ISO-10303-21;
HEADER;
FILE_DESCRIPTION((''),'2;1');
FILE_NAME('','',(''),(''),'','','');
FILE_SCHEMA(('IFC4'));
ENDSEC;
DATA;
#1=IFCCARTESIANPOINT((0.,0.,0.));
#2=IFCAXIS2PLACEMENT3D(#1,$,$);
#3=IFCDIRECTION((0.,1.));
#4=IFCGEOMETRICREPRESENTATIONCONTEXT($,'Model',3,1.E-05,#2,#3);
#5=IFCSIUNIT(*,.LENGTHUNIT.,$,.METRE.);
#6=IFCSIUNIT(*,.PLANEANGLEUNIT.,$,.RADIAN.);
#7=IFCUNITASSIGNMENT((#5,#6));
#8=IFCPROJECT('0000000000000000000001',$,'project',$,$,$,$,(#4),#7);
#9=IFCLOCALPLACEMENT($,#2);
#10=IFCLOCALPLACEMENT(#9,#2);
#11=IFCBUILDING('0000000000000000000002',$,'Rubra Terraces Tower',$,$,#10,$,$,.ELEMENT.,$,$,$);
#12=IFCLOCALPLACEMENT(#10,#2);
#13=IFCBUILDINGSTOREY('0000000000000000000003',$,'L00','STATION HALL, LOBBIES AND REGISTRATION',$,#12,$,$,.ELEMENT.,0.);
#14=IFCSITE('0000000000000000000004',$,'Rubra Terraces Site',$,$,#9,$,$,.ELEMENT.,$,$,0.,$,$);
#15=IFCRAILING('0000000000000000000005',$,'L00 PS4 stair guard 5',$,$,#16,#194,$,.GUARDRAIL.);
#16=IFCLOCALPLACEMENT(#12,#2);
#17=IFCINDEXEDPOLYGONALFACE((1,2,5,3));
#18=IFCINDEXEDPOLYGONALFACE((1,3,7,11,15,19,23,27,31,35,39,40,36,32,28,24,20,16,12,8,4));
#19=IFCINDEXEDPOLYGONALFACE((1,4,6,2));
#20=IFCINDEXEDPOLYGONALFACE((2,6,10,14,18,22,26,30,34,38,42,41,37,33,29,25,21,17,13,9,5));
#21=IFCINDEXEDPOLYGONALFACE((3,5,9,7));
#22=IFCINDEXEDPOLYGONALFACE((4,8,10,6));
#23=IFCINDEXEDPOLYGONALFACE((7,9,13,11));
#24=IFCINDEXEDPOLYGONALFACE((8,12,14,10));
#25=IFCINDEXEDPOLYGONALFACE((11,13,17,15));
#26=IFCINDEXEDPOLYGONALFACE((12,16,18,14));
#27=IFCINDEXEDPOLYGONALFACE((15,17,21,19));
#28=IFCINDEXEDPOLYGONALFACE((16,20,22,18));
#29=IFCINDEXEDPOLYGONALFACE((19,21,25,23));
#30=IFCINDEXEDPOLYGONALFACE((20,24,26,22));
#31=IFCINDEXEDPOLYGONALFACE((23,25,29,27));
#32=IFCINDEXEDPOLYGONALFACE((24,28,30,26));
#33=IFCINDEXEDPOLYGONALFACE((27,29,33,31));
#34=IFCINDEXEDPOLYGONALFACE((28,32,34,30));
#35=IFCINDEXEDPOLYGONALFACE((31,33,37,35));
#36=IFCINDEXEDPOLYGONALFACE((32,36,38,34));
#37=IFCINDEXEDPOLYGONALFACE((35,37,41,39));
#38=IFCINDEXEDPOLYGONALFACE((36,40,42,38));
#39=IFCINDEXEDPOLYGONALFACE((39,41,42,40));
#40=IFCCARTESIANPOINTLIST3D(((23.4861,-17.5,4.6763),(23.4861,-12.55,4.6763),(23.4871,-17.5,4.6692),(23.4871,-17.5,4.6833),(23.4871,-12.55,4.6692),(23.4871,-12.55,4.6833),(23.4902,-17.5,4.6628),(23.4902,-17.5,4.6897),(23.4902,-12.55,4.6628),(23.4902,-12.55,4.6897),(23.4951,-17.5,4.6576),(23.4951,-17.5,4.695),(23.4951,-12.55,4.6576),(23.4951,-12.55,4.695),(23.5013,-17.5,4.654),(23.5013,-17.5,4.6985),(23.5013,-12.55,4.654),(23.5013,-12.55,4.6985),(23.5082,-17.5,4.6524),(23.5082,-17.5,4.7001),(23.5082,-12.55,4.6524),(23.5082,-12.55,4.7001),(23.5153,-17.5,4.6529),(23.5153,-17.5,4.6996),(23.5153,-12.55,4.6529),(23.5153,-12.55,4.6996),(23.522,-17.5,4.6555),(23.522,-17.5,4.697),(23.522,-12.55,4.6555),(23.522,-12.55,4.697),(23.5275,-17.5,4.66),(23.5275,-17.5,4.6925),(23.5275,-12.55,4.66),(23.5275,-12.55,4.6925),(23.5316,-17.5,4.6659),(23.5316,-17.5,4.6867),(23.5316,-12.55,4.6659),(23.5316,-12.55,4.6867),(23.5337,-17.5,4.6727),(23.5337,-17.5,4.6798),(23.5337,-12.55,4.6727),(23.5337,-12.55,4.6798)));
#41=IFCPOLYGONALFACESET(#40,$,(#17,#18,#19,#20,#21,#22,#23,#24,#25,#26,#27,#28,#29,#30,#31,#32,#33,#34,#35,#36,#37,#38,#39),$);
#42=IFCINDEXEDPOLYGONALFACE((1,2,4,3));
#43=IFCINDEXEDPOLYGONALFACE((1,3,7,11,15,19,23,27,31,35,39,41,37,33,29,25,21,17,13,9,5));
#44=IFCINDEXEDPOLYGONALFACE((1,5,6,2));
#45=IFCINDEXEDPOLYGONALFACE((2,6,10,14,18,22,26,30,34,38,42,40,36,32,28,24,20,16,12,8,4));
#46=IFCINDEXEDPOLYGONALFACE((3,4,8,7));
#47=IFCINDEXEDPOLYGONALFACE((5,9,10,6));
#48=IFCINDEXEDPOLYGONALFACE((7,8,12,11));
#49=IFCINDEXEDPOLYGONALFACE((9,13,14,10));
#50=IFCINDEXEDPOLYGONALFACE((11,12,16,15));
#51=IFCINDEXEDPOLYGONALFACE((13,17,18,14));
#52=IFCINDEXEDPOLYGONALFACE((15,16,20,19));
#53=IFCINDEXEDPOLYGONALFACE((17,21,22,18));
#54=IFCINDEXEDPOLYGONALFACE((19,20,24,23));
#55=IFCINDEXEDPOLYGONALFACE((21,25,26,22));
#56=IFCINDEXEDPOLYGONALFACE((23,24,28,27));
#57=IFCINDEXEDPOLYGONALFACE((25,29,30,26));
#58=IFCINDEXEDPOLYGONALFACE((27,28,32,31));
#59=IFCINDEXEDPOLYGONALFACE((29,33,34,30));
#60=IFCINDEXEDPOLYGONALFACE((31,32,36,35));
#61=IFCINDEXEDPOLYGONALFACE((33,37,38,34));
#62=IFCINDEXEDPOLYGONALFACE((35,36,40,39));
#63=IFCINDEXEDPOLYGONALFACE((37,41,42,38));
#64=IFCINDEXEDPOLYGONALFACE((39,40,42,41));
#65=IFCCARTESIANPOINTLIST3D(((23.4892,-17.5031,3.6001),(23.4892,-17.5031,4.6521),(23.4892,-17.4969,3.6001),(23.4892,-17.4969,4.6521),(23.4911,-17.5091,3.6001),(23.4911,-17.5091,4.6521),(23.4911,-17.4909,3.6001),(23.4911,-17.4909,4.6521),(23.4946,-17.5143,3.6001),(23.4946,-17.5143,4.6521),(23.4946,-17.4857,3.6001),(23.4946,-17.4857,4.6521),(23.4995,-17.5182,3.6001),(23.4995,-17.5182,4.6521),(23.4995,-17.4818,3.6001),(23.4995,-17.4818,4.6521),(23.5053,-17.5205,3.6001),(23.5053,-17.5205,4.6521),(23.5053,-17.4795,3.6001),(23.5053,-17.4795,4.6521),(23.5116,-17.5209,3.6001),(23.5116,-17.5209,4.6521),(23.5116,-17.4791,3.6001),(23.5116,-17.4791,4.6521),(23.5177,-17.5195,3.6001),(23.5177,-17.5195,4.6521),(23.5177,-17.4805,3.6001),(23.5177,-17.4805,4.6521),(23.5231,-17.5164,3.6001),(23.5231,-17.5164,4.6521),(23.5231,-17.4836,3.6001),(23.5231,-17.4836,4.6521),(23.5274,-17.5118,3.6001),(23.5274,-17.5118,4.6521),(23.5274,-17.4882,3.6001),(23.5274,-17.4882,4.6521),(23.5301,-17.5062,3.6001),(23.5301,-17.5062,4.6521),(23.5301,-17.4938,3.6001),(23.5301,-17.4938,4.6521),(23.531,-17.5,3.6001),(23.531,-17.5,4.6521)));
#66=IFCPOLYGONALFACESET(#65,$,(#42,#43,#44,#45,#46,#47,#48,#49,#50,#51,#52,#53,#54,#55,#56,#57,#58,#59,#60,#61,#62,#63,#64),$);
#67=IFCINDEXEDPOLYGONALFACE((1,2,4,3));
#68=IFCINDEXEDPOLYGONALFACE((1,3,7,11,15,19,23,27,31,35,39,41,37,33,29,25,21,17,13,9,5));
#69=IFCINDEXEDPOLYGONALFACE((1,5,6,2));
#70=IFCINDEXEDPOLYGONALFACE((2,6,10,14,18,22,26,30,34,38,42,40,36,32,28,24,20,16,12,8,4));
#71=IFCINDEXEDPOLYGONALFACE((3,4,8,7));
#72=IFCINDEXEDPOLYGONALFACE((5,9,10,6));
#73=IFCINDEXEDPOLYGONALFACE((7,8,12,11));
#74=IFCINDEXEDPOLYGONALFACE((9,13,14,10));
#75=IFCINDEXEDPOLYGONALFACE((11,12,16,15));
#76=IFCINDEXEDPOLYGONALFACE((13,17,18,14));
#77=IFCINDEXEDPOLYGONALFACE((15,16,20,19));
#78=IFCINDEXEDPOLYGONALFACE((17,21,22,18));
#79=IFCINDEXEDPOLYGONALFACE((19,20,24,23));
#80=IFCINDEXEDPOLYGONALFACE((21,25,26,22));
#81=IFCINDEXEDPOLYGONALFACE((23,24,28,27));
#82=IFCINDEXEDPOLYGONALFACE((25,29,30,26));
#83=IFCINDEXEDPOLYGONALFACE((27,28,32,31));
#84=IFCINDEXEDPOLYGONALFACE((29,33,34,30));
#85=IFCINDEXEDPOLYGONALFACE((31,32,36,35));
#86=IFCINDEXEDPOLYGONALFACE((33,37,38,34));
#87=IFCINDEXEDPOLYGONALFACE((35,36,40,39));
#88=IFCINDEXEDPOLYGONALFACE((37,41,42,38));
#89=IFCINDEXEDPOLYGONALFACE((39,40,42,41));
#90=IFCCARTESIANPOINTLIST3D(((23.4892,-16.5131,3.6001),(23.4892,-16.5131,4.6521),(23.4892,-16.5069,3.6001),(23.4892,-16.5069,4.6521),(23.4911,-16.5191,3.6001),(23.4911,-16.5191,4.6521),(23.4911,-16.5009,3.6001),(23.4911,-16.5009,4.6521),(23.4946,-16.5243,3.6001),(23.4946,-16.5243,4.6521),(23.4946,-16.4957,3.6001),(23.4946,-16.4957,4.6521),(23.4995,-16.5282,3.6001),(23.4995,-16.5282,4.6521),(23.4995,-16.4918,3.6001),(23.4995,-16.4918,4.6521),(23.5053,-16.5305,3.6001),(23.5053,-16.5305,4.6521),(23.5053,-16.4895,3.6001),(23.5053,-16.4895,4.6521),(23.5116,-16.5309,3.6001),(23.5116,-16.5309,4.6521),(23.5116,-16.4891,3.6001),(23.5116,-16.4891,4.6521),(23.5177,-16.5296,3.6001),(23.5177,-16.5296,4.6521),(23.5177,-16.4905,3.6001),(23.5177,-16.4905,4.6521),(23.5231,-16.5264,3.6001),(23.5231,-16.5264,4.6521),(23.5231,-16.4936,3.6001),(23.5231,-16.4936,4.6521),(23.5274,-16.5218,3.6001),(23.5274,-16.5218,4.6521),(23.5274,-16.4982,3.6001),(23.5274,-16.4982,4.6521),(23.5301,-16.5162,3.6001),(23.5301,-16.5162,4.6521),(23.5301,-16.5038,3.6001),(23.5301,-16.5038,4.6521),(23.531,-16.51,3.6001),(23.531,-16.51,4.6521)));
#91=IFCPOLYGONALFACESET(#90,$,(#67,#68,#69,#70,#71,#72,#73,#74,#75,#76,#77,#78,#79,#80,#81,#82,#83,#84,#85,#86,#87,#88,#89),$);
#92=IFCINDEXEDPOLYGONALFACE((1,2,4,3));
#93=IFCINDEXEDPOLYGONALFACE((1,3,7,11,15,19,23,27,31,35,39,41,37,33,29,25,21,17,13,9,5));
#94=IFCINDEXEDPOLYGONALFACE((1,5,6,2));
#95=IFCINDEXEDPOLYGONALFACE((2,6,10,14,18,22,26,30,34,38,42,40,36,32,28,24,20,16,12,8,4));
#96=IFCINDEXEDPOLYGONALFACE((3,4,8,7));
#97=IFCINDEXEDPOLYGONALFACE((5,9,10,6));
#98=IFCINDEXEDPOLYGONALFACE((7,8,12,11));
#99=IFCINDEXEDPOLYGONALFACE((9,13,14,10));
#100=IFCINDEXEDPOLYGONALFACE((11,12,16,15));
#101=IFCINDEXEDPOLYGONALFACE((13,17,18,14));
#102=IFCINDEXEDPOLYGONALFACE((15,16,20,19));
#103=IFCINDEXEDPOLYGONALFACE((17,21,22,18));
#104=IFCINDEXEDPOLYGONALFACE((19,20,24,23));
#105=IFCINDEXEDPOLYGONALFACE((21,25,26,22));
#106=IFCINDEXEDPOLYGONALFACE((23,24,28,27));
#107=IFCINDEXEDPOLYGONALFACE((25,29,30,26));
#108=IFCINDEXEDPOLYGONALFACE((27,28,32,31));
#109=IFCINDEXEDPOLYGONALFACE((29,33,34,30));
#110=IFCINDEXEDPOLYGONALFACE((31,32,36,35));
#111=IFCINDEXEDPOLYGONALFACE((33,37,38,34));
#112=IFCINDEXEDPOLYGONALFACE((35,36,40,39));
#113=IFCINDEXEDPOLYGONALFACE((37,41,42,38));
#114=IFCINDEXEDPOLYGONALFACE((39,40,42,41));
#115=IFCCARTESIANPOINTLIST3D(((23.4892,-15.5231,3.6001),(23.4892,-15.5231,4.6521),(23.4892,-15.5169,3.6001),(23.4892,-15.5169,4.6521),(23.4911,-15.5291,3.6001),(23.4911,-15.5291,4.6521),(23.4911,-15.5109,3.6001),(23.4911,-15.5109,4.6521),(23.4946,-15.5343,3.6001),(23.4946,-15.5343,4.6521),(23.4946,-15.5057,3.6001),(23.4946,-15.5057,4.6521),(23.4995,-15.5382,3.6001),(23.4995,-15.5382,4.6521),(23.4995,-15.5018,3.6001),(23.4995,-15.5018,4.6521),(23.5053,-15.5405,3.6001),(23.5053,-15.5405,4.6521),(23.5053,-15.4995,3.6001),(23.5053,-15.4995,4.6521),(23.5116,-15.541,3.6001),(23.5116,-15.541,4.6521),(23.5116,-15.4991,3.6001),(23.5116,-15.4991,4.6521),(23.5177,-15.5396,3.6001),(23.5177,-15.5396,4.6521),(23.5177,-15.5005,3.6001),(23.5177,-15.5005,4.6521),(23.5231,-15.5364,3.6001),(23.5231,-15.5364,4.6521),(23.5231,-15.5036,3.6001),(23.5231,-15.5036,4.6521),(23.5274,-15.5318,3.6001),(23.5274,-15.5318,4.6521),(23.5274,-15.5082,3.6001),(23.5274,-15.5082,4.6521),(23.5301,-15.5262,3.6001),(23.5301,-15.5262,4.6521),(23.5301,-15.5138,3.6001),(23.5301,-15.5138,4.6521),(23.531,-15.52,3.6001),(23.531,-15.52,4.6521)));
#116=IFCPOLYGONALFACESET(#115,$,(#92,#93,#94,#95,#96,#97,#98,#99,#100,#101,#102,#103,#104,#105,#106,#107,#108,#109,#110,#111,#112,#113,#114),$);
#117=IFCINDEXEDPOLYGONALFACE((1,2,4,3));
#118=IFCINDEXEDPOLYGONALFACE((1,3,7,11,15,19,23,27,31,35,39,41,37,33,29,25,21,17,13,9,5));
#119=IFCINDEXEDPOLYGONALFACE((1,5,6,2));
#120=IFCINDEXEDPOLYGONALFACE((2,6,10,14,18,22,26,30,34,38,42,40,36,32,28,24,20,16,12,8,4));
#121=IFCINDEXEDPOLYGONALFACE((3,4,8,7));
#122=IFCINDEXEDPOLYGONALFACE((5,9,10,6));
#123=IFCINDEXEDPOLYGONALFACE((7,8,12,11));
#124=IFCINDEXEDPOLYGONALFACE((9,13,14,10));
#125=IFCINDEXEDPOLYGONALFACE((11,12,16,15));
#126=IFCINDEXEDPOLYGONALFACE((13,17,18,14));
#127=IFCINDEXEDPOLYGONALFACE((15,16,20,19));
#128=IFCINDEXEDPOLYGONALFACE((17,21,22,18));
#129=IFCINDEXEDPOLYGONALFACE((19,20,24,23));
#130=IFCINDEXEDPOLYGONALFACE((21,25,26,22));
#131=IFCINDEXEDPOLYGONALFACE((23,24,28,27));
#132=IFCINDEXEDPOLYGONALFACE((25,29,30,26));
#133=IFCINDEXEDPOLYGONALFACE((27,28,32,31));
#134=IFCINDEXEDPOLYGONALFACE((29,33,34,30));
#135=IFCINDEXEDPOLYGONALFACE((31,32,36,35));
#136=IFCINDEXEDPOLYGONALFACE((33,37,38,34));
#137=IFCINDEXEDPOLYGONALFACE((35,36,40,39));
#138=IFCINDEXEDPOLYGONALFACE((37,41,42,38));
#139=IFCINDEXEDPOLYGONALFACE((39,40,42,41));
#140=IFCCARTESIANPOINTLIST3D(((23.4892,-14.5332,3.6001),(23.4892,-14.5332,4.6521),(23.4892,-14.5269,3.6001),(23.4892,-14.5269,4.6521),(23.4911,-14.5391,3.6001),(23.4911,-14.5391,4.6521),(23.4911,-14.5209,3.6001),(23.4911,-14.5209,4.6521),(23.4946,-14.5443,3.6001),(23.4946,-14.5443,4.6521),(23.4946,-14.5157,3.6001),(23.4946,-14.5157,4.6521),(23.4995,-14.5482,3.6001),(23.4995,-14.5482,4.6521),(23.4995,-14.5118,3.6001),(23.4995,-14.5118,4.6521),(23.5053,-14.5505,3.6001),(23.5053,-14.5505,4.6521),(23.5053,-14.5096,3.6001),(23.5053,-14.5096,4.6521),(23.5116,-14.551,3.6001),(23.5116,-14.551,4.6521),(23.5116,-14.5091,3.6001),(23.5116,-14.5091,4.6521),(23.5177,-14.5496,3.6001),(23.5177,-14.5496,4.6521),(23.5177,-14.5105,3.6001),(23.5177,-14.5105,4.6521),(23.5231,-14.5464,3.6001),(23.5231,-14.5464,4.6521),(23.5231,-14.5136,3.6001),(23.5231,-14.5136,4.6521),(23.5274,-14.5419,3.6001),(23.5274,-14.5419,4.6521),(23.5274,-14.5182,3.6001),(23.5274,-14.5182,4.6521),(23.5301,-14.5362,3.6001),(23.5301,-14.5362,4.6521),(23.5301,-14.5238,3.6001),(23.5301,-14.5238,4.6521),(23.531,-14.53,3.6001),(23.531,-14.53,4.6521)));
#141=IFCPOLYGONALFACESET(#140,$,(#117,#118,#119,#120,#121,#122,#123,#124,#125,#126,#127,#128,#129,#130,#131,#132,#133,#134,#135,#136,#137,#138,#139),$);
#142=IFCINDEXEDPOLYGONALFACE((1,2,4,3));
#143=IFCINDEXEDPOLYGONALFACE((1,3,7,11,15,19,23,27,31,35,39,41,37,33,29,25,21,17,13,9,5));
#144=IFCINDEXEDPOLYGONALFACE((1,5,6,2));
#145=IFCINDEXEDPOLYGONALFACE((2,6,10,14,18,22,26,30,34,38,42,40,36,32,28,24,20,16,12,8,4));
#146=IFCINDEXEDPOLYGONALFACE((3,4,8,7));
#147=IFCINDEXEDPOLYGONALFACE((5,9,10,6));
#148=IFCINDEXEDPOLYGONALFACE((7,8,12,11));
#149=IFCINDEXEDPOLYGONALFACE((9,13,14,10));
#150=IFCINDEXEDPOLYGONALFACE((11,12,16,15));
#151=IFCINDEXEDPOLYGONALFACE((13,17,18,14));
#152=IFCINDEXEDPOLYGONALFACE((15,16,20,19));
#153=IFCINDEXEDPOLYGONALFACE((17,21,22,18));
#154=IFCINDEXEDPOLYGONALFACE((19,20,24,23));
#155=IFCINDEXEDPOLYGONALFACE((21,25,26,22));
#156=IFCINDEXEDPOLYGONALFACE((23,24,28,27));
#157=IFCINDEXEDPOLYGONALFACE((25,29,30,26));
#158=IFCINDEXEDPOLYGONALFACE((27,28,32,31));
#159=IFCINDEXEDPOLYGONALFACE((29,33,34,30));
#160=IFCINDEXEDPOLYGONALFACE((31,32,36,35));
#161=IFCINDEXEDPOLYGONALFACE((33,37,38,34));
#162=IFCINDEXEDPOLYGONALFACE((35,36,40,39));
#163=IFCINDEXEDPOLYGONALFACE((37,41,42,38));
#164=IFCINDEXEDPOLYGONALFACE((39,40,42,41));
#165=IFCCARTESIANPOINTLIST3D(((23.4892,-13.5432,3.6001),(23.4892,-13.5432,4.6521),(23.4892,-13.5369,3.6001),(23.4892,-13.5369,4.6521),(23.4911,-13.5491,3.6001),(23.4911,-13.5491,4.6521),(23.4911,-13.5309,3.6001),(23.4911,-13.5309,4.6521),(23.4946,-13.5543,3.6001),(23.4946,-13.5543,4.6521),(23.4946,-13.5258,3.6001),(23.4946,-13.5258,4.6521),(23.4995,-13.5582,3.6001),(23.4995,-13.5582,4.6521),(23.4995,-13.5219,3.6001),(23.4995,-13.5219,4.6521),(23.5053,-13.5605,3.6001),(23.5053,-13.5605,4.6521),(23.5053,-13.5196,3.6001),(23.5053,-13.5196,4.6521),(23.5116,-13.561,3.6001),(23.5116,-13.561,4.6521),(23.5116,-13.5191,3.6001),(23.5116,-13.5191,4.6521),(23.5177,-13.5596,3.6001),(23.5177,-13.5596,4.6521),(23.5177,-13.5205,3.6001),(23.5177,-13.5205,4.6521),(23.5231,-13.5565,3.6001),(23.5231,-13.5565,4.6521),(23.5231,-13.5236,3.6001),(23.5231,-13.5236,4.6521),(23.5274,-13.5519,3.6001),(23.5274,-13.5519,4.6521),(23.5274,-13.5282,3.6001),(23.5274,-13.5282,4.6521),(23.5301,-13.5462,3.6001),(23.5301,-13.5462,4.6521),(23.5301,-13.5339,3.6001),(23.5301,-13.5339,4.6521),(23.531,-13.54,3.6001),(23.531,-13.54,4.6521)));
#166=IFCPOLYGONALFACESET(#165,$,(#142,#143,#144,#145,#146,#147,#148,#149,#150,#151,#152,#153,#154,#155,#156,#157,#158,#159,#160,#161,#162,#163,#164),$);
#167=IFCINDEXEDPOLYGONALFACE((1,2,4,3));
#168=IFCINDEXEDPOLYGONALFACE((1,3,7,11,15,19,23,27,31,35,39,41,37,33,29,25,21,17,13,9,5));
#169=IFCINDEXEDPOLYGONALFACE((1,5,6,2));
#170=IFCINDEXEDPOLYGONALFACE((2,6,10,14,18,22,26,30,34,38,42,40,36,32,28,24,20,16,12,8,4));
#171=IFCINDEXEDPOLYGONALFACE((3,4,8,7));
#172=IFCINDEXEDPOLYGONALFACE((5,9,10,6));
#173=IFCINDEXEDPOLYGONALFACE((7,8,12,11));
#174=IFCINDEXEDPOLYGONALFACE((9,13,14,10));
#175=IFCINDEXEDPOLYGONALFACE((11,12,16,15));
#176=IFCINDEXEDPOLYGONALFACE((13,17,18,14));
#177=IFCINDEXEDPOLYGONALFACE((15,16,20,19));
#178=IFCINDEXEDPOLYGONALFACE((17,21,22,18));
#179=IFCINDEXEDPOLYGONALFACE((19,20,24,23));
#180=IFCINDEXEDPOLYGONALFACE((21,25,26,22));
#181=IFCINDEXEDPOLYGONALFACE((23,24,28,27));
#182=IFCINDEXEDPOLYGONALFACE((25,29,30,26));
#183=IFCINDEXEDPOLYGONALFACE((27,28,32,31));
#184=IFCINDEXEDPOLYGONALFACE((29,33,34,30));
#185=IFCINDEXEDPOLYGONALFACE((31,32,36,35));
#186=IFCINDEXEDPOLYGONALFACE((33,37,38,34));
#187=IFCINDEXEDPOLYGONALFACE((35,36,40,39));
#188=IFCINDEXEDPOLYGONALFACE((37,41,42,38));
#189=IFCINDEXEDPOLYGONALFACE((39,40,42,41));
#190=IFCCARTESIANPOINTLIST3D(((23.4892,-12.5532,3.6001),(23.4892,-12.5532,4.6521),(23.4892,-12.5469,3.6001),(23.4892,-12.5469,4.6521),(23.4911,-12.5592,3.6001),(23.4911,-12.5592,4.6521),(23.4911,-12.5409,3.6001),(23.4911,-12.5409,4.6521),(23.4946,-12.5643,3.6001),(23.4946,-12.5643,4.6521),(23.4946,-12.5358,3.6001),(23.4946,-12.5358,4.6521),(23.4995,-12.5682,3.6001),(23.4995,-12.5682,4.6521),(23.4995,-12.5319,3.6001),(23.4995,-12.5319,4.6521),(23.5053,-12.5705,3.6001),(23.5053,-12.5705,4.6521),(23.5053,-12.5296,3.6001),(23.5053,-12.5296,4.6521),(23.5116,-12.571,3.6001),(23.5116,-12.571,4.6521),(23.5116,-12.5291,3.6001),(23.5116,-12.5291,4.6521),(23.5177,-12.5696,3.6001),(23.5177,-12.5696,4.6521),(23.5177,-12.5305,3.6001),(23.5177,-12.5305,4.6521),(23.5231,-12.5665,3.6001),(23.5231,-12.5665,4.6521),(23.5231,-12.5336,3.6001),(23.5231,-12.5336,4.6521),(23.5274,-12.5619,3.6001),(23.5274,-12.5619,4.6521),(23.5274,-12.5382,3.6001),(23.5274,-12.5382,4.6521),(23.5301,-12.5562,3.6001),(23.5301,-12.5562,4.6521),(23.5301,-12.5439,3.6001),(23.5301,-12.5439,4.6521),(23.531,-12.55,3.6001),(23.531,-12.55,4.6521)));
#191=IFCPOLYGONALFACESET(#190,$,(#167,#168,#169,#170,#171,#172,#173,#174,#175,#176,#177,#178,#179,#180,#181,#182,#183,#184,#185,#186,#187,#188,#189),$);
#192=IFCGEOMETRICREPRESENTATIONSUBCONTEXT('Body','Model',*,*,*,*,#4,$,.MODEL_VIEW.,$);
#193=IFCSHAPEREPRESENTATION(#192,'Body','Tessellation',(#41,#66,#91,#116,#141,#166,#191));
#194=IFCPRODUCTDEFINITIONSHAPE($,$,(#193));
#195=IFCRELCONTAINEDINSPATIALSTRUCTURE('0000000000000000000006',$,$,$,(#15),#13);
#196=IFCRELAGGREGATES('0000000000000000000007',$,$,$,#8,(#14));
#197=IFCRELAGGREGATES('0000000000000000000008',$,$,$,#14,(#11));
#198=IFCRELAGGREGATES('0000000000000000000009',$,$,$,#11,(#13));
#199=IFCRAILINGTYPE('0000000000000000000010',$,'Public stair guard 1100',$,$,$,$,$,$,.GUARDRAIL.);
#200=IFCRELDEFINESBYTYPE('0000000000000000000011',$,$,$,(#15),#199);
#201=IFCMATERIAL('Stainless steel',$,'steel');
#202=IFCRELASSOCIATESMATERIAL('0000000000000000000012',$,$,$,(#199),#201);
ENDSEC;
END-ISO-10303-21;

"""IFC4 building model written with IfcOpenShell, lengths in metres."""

from ifc_helpers import new_model, si_unit, direction, frame, origin, origin_2d, place, context, subcontext, project, spatial, circle, extrude, material, type_object, element, save


model = new_model("IFC4")

# Units and contexts
model_context = context("Model", 3, precision=1e-05, world=origin(), true_north=direction((0.0, 1.0)))
body_context = subcontext(model_context, "Body", "Model", "MODEL_VIEW")
ifc_project = project(units=[si_unit("LENGTHUNIT", "METRE"), si_unit("PLANEANGLEUNIT", "RADIAN")], contexts=[model_context])

# Site, building, storey
site_placement = place(None, origin())
site = spatial("IfcSite", under=ifc_project, at=site_placement, Name="Rubra Terraces Site", CompositionType="ELEMENT", RefElevation=0.0)
building_placement = place(site_placement, origin())
building = spatial("IfcBuilding", under=site, at=building_placement, Name="Rubra Terraces Tower", CompositionType="ELEMENT")
storey_placement = place(building_placement, origin())
storey = spatial("IfcBuildingStorey", under=building, at=storey_placement, Name="L00", Description="STATION HALL, LOBBIES AND REGISTRATION", CompositionType="ELEMENT", Elevation=0.0)

# Railing
ifc_material_1 = material(Name="Stainless steel", Category="steel")
railing_type_1 = type_object("IfcRailingType", Name="Public stair guard 1100", PredefinedType="GUARDRAIL", material=ifc_material_1)
railing_1_placement = place(storey_placement, frame((23.51, -17.5, 3.6001)))
element("IfcRailing", 1, at=railing_1_placement, inside=storey, type_object=railing_type_1, Name="L00 PS4 stair guard 5", PredefinedType="GUARDRAIL", context=body_context, shape_type="SweptSolid", body=[
    extrude(circle(Radius=0.0239, at=origin_2d()), frame((0.0, 0.0, 1.0762), z_axis=(0.0, 1.0, 0.0), x_axis=(-1.0, 0.0, 0.0)), (0.0, 0.0, 1.0), 4.95),
    extrude(circle(Radius=0.021, at=origin_2d()), origin(), (0.0, 0.0, 1.0), 1.052),
    extrude(circle(Radius=0.021, at=origin_2d()), frame((0.0, 0.99, 0.0)), (0.0, 0.0, 1.0), 1.052),
    extrude(circle(Radius=0.021, at=origin_2d()), frame((0.0, 1.98, 0.0)), (0.0, 0.0, 1.0), 1.052),
    extrude(circle(Radius=0.021, at=origin_2d()), frame((0.0, 2.97, 0.0)), (0.0, 0.0, 1.0), 1.052),
    extrude(circle(Radius=0.021, at=origin_2d()), frame((0.0, 3.96, 0.0)), (0.0, 0.0, 1.0), 1.052),
    extrude(circle(Radius=0.021, at=origin_2d()), frame((0.0, 4.95, 0.0)), (0.0, 0.0, 1.0), 1.052),
])

save(model, "model.ifc")
